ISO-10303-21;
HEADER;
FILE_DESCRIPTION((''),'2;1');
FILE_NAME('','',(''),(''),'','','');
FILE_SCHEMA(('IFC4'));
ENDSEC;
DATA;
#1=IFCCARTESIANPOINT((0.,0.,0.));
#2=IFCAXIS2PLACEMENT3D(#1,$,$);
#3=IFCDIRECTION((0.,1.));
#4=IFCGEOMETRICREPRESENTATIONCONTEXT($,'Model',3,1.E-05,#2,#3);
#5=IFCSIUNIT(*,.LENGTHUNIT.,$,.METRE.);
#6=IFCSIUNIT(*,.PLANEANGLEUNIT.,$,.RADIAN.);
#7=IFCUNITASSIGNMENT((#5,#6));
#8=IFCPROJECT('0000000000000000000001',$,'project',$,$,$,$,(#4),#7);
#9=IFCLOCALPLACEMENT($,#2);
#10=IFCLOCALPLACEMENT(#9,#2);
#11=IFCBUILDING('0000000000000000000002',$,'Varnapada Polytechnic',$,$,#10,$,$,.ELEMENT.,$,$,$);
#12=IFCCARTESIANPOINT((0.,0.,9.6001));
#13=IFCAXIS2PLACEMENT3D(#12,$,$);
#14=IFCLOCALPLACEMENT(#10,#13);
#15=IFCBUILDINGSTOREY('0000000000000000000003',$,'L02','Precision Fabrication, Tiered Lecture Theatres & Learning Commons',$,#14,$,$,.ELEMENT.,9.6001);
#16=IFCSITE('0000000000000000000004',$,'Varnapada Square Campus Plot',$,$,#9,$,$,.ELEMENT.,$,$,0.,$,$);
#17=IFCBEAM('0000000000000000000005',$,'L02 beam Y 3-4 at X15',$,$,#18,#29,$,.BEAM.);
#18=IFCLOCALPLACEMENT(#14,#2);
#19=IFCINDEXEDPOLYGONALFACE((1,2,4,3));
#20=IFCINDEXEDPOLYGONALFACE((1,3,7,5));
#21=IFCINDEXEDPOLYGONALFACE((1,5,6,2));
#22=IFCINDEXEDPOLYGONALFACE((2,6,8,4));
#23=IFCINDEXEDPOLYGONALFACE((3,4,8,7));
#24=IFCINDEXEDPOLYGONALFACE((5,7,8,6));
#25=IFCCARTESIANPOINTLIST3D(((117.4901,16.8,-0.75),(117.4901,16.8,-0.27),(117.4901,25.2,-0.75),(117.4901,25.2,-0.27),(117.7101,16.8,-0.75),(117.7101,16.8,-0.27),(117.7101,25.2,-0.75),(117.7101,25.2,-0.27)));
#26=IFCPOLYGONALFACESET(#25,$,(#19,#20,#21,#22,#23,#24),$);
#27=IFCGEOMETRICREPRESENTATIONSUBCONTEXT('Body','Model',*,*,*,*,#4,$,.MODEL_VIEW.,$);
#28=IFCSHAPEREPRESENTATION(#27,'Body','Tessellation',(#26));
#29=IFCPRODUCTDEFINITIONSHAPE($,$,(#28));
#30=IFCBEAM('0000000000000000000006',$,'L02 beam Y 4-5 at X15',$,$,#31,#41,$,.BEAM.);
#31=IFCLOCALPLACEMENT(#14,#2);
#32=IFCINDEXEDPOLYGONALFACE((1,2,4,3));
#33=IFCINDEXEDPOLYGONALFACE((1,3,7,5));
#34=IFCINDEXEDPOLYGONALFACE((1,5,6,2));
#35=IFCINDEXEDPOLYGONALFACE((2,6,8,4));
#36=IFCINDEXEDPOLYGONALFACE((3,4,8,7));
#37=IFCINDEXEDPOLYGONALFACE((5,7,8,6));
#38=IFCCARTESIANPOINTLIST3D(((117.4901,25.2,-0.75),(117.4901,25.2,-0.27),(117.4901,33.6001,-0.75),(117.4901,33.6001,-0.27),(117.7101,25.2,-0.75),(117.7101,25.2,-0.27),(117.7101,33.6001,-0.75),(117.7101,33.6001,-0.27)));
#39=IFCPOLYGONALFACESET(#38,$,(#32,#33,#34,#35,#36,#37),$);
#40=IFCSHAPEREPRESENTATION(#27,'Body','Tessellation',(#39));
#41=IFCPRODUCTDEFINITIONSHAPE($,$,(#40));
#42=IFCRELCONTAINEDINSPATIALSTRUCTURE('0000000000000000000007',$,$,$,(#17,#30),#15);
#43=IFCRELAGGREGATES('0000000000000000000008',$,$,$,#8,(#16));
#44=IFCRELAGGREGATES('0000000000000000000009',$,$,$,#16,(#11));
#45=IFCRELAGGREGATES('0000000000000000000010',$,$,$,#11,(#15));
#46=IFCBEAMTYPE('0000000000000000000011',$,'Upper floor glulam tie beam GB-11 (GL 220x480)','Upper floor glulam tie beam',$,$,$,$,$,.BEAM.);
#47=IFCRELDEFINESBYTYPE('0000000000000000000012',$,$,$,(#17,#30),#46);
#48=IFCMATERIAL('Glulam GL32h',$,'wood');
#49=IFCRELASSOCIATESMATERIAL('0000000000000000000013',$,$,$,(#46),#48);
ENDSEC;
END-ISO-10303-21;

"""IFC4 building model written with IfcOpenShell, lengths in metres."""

from ifc_helpers import new_model, si_unit, direction, frame, origin, origin_2d, place, context, subcontext, project, spatial, rectangle, extrude, material, material_profile, profile_set, type_object, element, save


model = new_model("IFC4")

# Units and contexts
model_context = context("Model", 3, precision=1e-05, world=origin(), true_north=direction((0.0, 1.0)))
body_context = subcontext(model_context, "Body", "Model", "MODEL_VIEW")
ifc_project = project(units=[si_unit("LENGTHUNIT", "METRE"), si_unit("PLANEANGLEUNIT", "RADIAN")], contexts=[model_context])

# Site, building, storey
site_placement = place(None, origin())
site = spatial("IfcSite", under=ifc_project, at=site_placement, Name="Varnapada Square Campus Plot", CompositionType="ELEMENT", RefElevation=0.0)
building_placement = place(site_placement, origin())
building = spatial("IfcBuilding", under=site, at=building_placement, Name="Varnapada Polytechnic", CompositionType="ELEMENT")
storey_placement = place(building_placement, frame((0.0, 0.0, 9.6001)))
storey = spatial("IfcBuildingStorey", under=building, at=storey_placement, Name="L02", Description="Precision Fabrication, Tiered Lecture Theatres & Learning Commons", CompositionType="ELEMENT", Elevation=9.6001)

# Shared definitions
ifc_material_1 = material(Name="Glulam GL32h", Category="wood")

# Beams
ifc_material_profile_1 = material_profile(ifc_material_1, rectangle(XDim=0.22, YDim=0.48, at=origin_2d()), Name="GL 220x480")
ifc_profile_set_1 = profile_set([ifc_material_profile_1], Name="Glulam GL32h")
beam_type_1 = type_object("IfcBeamType", Name="Upper floor glulam tie beam GB-11 (GL 220x480)", Description="Upper floor glulam tie beam", PredefinedType="BEAM", material=ifc_profile_set_1)
beam_1_placement = place(storey_placement, frame((117.6001, 16.8, -0.51), z_axis=(0.0, 1.0, 0.0), x_axis=(-1.0, 0.0, 0.0)))
element("IfcBeam", 1, at=beam_1_placement, inside=storey, type_object=beam_type_1, Name="L02 beam Y 3-4 at X15", PredefinedType="BEAM", context=body_context, shape_type="SweptSolid", body=[
    extrude(rectangle(XDim=0.22, YDim=0.48, at=origin_2d()), origin(), (0.0, 0.0, 1.0), 8.3999),
])
beam_2_placement = place(storey_placement, frame((117.6001, 25.2, -0.51), z_axis=(0.0, 1.0, 0.0), x_axis=(-1.0, 0.0, 0.0)))
element("IfcBeam", 2, at=beam_2_placement, inside=storey, type_object=beam_type_1, Name="L02 beam Y 4-5 at X15", PredefinedType="BEAM", context=body_context, shape_type="SweptSolid", body=[
    extrude(rectangle(XDim=0.22, YDim=0.48, at=origin_2d()), origin(), (0.0, 0.0, 1.0), 8.4001),
])

save(model, "model.ifc")
